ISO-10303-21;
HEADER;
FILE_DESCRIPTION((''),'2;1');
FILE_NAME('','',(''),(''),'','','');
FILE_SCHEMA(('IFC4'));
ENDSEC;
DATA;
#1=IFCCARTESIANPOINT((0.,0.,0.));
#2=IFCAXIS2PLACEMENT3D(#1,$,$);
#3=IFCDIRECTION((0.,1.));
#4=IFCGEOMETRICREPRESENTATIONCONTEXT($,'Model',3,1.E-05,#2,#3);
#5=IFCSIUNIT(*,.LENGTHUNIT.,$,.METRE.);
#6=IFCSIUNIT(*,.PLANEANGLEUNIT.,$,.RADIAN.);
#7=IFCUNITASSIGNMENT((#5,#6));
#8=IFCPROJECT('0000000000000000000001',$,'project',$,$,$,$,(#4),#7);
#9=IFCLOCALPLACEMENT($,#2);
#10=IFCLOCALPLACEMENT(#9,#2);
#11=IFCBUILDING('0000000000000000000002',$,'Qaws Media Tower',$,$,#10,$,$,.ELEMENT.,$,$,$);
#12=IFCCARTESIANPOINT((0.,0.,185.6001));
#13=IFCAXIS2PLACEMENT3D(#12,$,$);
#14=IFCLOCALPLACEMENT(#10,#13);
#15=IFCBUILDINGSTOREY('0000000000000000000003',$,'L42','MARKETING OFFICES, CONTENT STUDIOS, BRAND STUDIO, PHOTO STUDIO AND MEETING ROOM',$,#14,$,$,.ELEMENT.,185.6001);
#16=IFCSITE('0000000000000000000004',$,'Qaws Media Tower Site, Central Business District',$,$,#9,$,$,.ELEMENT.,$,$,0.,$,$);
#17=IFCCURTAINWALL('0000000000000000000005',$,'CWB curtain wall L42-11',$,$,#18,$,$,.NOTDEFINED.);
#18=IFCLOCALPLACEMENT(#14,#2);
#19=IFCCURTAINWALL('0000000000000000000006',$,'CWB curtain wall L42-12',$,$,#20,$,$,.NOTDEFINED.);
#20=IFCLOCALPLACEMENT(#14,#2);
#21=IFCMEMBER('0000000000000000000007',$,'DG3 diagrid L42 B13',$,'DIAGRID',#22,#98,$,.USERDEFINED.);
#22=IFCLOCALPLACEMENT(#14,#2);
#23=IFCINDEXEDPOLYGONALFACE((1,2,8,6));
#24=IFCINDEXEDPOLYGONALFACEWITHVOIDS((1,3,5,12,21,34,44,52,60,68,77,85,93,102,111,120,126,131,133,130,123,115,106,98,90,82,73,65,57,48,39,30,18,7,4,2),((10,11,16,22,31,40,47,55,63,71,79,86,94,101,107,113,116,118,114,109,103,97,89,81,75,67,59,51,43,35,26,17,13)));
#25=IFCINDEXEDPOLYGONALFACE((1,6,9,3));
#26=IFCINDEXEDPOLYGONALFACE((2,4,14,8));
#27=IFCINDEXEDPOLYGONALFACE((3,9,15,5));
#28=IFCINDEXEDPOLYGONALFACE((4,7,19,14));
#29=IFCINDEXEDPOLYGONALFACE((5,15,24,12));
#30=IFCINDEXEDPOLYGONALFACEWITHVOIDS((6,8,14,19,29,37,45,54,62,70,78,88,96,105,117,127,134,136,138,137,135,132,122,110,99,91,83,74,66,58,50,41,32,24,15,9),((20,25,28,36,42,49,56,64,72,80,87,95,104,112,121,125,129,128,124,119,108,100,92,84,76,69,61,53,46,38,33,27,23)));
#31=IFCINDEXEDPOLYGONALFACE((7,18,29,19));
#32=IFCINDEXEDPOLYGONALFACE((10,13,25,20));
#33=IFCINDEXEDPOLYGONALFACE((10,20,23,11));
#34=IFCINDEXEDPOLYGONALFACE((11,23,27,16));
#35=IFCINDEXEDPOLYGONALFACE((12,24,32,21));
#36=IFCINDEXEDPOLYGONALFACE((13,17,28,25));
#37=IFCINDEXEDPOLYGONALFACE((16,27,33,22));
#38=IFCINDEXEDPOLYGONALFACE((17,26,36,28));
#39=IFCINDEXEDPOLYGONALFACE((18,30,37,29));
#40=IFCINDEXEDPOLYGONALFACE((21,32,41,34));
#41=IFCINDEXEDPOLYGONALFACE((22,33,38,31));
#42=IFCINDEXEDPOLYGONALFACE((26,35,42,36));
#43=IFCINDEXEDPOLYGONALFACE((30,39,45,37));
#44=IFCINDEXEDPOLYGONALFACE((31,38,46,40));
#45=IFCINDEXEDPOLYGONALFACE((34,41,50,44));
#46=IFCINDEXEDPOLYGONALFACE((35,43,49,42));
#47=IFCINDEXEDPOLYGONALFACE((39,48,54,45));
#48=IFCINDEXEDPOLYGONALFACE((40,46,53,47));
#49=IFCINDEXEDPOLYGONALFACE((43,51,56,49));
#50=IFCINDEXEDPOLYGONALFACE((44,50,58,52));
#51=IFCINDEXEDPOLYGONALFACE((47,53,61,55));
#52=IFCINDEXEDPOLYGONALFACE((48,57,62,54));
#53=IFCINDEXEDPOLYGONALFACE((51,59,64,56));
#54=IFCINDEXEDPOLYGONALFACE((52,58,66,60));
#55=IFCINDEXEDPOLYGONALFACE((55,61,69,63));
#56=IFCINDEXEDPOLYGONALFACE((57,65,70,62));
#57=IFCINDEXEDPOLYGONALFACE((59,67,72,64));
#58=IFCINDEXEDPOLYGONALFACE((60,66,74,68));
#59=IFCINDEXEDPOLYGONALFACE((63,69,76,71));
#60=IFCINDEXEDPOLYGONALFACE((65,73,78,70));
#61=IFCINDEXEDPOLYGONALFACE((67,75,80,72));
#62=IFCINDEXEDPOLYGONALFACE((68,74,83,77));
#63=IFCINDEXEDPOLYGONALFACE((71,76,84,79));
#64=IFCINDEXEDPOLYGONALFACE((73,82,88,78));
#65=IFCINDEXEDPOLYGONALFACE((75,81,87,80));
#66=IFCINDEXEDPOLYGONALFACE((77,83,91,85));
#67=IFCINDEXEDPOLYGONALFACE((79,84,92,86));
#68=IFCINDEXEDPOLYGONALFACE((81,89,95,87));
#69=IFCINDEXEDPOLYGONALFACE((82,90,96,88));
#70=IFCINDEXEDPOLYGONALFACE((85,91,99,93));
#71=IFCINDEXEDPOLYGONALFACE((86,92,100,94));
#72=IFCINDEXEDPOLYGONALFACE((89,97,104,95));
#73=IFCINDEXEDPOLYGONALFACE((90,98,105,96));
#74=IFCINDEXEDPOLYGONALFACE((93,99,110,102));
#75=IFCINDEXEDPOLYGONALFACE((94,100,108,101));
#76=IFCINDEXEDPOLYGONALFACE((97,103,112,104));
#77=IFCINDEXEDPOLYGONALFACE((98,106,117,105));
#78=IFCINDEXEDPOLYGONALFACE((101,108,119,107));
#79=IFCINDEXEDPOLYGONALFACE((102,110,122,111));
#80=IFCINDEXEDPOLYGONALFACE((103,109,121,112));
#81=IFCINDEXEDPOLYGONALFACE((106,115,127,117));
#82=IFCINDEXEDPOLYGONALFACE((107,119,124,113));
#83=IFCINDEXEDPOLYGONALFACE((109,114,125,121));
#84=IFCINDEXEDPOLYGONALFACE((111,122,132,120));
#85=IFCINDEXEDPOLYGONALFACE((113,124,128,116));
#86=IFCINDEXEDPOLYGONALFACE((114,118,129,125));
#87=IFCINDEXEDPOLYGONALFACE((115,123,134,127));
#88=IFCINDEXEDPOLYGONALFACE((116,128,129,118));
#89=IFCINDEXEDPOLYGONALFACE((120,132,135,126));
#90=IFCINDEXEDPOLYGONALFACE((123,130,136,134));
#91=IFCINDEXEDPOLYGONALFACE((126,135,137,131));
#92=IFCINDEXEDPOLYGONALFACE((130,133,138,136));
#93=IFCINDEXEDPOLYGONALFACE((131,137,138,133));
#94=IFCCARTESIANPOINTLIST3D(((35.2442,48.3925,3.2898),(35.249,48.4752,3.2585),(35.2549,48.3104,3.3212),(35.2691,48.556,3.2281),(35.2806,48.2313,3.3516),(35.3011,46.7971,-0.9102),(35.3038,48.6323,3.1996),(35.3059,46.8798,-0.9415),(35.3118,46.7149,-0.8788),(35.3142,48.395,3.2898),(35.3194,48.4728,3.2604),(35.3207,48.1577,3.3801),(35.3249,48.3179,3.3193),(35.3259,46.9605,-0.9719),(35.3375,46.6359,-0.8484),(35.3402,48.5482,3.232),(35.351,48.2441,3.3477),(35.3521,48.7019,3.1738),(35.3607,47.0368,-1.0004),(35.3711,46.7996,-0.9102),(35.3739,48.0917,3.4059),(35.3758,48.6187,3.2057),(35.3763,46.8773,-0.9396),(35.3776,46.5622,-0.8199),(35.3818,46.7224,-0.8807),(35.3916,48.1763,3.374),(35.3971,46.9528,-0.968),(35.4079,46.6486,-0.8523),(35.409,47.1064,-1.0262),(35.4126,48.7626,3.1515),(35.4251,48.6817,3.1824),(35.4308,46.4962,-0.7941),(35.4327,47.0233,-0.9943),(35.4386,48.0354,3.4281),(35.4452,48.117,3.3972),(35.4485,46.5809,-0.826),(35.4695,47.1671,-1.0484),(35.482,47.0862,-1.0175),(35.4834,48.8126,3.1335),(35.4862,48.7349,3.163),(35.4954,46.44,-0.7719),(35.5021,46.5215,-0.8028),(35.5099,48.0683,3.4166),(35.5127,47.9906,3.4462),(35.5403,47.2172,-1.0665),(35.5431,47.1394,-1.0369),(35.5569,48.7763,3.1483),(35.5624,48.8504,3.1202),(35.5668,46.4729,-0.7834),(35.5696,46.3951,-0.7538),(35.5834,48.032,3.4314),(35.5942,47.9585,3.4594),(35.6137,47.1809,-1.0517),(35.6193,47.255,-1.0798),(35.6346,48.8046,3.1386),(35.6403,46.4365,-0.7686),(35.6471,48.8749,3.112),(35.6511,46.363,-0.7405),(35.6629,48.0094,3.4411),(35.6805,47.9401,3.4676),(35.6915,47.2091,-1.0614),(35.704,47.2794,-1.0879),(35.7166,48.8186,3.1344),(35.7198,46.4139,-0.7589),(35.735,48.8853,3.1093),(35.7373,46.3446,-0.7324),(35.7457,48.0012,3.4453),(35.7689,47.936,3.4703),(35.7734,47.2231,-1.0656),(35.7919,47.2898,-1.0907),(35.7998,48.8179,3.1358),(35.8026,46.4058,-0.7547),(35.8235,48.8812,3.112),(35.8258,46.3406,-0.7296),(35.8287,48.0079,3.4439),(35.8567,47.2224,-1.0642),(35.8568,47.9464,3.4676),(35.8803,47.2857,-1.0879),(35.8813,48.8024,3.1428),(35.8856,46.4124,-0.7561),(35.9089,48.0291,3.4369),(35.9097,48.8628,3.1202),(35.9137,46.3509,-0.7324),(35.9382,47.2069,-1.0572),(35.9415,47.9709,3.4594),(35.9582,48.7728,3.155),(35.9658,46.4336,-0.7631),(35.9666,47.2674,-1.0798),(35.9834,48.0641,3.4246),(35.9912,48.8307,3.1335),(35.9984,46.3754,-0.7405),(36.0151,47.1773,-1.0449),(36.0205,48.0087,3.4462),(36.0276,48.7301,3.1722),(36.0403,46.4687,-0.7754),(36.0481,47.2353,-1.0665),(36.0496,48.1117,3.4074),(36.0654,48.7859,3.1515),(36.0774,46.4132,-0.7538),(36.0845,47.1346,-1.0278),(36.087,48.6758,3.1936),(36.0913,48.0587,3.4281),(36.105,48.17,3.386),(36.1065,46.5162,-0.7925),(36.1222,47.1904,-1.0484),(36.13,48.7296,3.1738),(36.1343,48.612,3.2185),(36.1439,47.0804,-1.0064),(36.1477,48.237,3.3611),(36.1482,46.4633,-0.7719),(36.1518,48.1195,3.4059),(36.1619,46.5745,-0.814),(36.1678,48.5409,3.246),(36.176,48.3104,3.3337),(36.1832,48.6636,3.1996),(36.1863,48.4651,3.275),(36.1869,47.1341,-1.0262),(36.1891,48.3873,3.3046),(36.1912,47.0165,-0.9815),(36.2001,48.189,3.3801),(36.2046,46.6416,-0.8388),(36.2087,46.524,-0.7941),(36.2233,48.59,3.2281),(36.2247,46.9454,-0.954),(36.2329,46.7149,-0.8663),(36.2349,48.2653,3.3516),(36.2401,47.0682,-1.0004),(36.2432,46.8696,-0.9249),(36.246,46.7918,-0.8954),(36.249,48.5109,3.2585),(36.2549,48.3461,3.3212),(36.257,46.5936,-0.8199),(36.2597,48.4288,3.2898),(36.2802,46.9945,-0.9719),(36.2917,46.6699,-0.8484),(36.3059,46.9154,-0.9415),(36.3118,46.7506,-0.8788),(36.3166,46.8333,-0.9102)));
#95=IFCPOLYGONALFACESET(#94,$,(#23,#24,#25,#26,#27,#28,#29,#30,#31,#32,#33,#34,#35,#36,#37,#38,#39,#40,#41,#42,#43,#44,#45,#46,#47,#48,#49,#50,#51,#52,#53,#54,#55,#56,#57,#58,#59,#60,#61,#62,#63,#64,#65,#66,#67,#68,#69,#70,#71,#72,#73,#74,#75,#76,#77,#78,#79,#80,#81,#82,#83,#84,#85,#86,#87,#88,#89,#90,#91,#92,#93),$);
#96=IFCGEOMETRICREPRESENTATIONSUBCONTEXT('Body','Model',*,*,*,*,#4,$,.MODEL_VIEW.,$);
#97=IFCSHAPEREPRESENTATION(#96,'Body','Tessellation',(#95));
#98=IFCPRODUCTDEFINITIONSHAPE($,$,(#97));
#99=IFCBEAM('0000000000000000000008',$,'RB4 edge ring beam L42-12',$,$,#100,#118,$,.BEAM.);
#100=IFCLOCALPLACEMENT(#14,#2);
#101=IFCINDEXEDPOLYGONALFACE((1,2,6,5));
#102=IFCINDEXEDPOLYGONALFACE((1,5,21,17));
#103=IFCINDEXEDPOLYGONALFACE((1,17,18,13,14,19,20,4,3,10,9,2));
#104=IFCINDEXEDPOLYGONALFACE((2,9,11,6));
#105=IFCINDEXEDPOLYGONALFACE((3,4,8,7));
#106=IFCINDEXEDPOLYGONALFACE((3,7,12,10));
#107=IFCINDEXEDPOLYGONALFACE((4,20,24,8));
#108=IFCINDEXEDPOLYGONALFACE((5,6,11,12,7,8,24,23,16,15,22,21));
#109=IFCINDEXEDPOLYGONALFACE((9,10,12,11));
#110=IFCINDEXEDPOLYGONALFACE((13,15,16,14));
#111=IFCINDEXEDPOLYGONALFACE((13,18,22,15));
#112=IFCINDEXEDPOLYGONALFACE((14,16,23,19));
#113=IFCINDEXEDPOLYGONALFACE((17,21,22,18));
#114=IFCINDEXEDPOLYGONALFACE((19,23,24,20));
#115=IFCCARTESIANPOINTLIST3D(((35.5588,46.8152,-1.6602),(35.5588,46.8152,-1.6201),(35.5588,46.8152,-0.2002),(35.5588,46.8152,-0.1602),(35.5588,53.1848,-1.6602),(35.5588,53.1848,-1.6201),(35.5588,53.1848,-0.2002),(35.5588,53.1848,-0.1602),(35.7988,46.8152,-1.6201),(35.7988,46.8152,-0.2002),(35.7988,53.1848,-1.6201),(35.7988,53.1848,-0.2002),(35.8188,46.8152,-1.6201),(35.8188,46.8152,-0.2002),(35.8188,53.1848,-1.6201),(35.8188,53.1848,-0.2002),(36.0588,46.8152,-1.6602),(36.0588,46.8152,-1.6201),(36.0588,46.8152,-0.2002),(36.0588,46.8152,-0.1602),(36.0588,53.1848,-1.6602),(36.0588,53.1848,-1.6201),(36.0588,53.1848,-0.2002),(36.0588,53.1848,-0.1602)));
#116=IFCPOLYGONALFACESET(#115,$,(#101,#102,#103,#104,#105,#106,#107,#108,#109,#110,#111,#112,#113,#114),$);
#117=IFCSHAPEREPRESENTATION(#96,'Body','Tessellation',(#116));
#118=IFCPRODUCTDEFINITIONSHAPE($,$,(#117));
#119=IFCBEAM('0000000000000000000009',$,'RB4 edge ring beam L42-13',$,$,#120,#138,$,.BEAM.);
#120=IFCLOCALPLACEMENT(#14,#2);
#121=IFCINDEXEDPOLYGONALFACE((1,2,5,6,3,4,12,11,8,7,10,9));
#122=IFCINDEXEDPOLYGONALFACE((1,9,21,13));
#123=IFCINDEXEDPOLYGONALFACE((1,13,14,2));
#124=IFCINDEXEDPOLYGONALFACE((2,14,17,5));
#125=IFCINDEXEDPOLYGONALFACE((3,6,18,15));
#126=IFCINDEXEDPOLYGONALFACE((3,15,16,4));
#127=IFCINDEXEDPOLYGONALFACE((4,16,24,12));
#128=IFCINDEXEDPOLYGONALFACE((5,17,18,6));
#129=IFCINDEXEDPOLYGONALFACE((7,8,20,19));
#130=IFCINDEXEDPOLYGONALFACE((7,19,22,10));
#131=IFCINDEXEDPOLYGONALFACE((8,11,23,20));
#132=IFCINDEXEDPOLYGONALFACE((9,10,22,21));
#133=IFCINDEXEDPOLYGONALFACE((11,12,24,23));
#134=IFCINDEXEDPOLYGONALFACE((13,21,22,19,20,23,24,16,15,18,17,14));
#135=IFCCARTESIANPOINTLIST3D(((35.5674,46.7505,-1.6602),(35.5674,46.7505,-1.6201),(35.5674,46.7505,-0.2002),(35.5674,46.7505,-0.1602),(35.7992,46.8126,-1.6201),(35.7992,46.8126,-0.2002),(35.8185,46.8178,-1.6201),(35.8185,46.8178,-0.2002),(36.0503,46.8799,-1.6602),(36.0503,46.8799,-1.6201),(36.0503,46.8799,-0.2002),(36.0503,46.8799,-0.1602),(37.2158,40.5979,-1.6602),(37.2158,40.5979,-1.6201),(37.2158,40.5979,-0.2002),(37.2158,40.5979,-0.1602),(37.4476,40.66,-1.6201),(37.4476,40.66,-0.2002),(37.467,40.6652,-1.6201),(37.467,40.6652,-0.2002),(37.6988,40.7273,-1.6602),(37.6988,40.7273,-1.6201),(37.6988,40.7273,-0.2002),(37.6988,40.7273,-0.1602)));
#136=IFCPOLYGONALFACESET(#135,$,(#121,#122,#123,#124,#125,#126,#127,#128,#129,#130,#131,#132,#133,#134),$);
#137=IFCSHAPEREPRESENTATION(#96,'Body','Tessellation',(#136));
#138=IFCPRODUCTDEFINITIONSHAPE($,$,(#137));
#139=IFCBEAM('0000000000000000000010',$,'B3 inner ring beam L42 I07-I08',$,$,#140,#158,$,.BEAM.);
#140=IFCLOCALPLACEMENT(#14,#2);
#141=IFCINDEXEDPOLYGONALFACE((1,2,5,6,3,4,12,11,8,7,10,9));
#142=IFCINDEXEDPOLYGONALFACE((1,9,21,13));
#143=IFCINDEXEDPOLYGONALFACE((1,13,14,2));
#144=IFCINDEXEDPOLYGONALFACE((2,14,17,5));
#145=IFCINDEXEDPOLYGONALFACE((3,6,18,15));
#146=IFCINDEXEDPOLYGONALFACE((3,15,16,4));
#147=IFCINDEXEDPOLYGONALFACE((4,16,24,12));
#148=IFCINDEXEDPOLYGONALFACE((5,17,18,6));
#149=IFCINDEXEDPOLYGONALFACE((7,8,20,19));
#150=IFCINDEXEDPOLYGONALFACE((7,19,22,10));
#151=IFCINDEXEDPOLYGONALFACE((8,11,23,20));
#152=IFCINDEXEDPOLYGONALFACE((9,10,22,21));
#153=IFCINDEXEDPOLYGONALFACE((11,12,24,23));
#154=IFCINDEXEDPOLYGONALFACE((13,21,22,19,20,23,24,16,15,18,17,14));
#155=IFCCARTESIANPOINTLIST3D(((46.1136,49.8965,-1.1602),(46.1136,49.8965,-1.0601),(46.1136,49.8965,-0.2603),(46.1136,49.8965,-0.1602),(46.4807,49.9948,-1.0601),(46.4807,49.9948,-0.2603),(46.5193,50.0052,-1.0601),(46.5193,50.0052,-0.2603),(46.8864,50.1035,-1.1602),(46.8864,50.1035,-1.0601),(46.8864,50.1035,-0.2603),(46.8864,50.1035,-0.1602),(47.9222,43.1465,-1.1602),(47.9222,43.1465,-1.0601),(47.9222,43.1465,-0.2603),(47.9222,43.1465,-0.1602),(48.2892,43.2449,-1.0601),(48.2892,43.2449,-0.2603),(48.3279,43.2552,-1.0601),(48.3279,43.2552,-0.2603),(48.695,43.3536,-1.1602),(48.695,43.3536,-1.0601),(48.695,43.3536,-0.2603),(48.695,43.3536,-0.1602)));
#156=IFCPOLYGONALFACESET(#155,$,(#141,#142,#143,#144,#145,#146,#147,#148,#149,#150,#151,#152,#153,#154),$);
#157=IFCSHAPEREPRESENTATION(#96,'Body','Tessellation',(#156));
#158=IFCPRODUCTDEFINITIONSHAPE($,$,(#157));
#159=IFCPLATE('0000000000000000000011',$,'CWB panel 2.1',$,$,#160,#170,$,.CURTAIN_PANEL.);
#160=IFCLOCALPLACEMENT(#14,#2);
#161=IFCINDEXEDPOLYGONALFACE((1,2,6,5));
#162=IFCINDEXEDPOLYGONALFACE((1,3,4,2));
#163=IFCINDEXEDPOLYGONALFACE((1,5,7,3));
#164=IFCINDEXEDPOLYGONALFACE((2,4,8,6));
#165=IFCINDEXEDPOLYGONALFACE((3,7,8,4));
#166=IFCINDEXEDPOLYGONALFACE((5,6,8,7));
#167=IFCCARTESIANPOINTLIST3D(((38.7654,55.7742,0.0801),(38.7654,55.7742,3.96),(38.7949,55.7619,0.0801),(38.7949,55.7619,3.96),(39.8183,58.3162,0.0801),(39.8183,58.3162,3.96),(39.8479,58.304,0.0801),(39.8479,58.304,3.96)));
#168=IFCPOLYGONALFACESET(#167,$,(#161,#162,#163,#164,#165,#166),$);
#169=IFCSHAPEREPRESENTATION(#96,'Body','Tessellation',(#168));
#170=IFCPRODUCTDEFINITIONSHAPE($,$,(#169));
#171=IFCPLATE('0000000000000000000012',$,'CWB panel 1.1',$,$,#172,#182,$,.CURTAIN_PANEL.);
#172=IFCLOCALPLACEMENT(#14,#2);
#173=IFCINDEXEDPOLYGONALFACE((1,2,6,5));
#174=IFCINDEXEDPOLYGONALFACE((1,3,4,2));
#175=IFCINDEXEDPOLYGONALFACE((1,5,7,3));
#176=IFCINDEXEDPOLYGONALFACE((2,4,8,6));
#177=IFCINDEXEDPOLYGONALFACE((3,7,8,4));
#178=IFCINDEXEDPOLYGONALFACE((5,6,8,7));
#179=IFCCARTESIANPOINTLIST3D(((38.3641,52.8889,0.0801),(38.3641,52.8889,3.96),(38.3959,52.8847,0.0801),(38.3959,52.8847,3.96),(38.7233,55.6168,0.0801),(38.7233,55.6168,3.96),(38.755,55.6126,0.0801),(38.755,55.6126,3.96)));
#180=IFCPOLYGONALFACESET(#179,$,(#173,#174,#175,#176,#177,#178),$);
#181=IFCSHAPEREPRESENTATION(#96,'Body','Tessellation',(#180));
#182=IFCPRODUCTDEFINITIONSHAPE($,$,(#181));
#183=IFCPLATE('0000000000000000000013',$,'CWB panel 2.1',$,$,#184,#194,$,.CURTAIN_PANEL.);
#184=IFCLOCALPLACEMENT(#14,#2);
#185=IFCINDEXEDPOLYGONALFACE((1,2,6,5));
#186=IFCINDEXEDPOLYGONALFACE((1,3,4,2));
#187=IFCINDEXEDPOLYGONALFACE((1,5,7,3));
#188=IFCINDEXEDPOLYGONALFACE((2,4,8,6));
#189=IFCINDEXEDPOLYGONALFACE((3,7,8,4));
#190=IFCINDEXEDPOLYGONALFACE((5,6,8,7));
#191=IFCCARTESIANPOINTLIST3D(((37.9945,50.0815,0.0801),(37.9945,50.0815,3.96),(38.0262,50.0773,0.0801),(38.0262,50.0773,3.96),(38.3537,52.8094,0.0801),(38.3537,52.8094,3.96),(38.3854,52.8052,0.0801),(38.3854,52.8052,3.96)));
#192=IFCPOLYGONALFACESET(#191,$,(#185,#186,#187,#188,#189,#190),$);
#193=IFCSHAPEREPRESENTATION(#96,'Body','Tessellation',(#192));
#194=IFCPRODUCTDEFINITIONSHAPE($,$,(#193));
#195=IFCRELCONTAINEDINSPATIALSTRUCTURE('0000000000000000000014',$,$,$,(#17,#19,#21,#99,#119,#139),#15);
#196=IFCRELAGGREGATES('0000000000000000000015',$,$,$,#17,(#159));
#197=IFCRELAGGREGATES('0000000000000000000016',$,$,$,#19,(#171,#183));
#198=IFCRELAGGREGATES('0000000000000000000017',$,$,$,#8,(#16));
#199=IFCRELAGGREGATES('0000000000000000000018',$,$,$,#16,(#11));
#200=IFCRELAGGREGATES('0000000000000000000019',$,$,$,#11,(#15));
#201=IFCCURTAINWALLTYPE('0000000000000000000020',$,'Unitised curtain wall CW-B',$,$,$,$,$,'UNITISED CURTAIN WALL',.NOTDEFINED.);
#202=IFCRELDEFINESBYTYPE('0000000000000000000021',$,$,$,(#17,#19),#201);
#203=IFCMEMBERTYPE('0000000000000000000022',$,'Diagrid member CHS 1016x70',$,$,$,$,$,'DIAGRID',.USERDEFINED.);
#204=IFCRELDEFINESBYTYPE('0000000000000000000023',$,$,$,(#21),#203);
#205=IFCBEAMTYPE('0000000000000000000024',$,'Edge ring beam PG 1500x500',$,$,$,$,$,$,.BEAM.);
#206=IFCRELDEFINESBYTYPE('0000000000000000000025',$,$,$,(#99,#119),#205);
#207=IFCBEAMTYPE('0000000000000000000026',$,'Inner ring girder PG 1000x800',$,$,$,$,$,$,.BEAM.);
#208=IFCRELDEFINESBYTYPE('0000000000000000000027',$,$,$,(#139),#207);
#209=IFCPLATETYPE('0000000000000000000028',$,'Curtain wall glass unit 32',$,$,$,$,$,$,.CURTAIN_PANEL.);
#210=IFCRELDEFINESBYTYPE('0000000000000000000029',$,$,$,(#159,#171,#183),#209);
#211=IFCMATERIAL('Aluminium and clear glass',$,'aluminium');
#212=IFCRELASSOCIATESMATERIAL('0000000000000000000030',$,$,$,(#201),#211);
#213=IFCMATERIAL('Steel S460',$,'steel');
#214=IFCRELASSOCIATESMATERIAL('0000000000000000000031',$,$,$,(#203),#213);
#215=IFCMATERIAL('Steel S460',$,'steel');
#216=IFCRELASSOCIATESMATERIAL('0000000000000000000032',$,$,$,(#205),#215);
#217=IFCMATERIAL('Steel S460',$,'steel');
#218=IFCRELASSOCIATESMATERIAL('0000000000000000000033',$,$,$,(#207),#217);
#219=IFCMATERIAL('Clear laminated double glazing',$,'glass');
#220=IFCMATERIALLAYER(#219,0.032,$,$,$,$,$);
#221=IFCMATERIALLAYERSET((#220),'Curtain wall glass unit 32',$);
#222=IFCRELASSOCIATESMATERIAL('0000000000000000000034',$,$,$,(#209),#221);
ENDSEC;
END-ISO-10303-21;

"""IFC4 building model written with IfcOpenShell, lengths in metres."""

from ifc_helpers import new_model, si_unit, direction, frame, origin, origin_2d, place, context, subcontext, project, spatial, rectangle, hollow_circle, i_section, extrude, material, layer, layer_set, material_profile, profile_set, type_object, element, aggregate, save


model = new_model("IFC4")

# Units and contexts
model_context = context("Model", 3, precision=1e-05, world=origin(), true_north=direction((0.0, 1.0)))
body_context = subcontext(model_context, "Body", "Model", "MODEL_VIEW")
ifc_project = project(units=[si_unit("LENGTHUNIT", "METRE"), si_unit("PLANEANGLEUNIT", "RADIAN")], contexts=[model_context])

# Site, building, storey
site_placement = place(None, origin())
site = spatial("IfcSite", under=ifc_project, at=site_placement, Name="Qaws Media Tower Site, Central Business District", CompositionType="ELEMENT", RefElevation=0.0)
building_placement = place(site_placement, origin())
building = spatial("IfcBuilding", under=site, at=building_placement, Name="Qaws Media Tower", CompositionType="ELEMENT")
storey_placement = place(building_placement, frame((0.0, 0.0, 185.6001)))
storey = spatial("IfcBuildingStorey", under=building, at=storey_placement, Name="L42", Description="MARKETING OFFICES, CONTENT STUDIOS, BRAND STUDIO, PHOTO STUDIO AND MEETING ROOM", CompositionType="ELEMENT", Elevation=185.6001)

# Curtain wall
ifc_material_1 = material(Name="Aluminium and clear glass", Category="aluminium")
curtain_wall_type_1 = type_object("IfcCurtainWallType", Name="Unitised curtain wall CW-B", ElementType="UNITISED CURTAIN WALL", PredefinedType="NOTDEFINED", material=ifc_material_1)
curtain_wall_1_placement = place(storey_placement, origin())
curtain_wall_1 = element("IfcCurtainWall", 1, at=curtain_wall_1_placement, inside=storey, type_object=curtain_wall_type_1, Name="CWB curtain wall L42-11", PredefinedType="NOTDEFINED")

# Curtain wall
curtain_wall_2_placement = place(storey_placement, origin())
curtain_wall_2 = element("IfcCurtainWall", 2, at=curtain_wall_2_placement, inside=storey, type_object=curtain_wall_type_1, Name="CWB curtain wall L42-12", PredefinedType="NOTDEFINED")

# Member
ifc_material_2 = material(Name="Steel S460", Category="steel")
ifc_material_profile_1 = material_profile(ifc_material_2, hollow_circle(Radius=0.5081, WallThickness=0.0701, at=origin_2d()), Name="CHS 1016x70")
ifc_profile_set_1 = profile_set([ifc_material_profile_1], Name="Steel S460")
member_type_1 = type_object("IfcMemberType", Name="Diagrid member CHS 1016x70", ElementType="DIAGRID", PredefinedType="USERDEFINED", material=ifc_profile_set_1)
for number, where, z_axis, x_axis, name in (
    (3, (35.8088, 46.8152, -0.9102), (-0.01266, 0.355088, 0.934747), (-0.999365, -0.035632, 0.0), "DG3 diagrid L42 B13"),
):
    element("IfcMember", number, at=place(storey_placement, frame(where, z_axis=z_axis, x_axis=x_axis)), inside=storey, type_object=member_type_1, Name=name, ObjectType="DIAGRID", PredefinedType="USERDEFINED", context=body_context, shape_type="SweptSolid", body=[
        extrude(hollow_circle(Radius=0.5081, WallThickness=0.0701, at=origin_2d()), origin(), (0.0, 0.0, 1.0), 4.4932),
    ])

# Beams
ifc_material_3 = material(Name="Steel S460", Category="steel")
ifc_material_profile_2 = material_profile(ifc_material_3, i_section(OverallWidth=0.5, OverallDepth=1.5, WebThickness=0.02, FlangeThickness=0.04, at=origin_2d()), Name="PG 1500x500")
ifc_profile_set_2 = profile_set([ifc_material_profile_2], Name="Steel S460")
beam_type_1 = type_object("IfcBeamType", Name="Edge ring beam PG 1500x500", PredefinedType="BEAM", material=ifc_profile_set_2)
for number, where, z_axis, x_axis, name in (
    (4, (35.8088, 53.1848, -0.9102), (0.0, -1.0, 0.0), (1.0, 0.0, 0.0), "RB4 edge ring beam L42-12"),
    (5, (35.8088, 46.8152, -0.9102), (0.258798, -0.965931, 0.0), (0.965931, 0.258798, 0.0), "RB4 edge ring beam L42-13"),
):
    element("IfcBeam", number, at=place(storey_placement, frame(where, z_axis=z_axis, x_axis=x_axis)), inside=storey, type_object=beam_type_1, Name=name, PredefinedType="BEAM", context=body_context, shape_type="SweptSolid", body=[
        extrude(i_section(OverallWidth=0.5, OverallDepth=1.5, WebThickness=0.02, FlangeThickness=0.04, at=origin_2d()), origin(), (0.0, 0.0, 1.0), 6.3696),
    ])
ifc_material_4 = material(Name="Steel S460", Category="steel")
ifc_material_profile_3 = material_profile(ifc_material_4, i_section(OverallWidth=0.8, OverallDepth=1.0, WebThickness=0.04, FlangeThickness=0.1001, at=origin_2d()), Name="PG 1000x800")
ifc_profile_set_3 = profile_set([ifc_material_profile_3], Name="Steel S460")
beam_type_2 = type_object("IfcBeamType", Name="Inner ring girder PG 1000x800", PredefinedType="BEAM", material=ifc_profile_set_3)
beam_placement = place(storey_placement, frame((46.5, 50.0, -0.6602), z_axis=(0.258811, -0.965928, 0.0), x_axis=(0.965928, 0.258811, 0.0)))
element("IfcBeam", 6, at=beam_placement, inside=storey, type_object=beam_type_2, Name="B3 inner ring beam L42 I07-I08", PredefinedType="BEAM", context=body_context, shape_type="SweptSolid", body=[
    extrude(i_section(OverallWidth=0.8, OverallDepth=1.0, WebThickness=0.04, FlangeThickness=0.1001, at=origin_2d()), origin(), (0.0, 0.0, 1.0), 6.988),
])

# Plates
ifc_material_5 = material(Name="Clear laminated double glazing", Category="glass")
ifc_layer_1 = layer(ifc_material_5, 0.032)
ifc_layer_set_1 = layer_set([ifc_layer_1], Name="Curtain wall glass unit 32")
plate_type_1 = type_object("IfcPlateType", Name="Curtain wall glass unit 32", PredefinedType="CURTAIN_PANEL", material=ifc_layer_set_1)
plate_1_placement = place(storey_placement, frame((39.3066, 57.0391, 0.0801), z_axis=(0.0, 0.0, 1.0), x_axis=(-0.382683, -0.92388, 0.0)))
plate_1 = element("IfcPlate", 7, at=plate_1_placement, type_object=plate_type_1, Name="CWB panel 2.1", PredefinedType="CURTAIN_PANEL", context=body_context, shape_type="SweptSolid", body=[
    extrude(rectangle(XDim=2.7515, YDim=0.032, at=origin_2d()), origin(), (0.0, 0.0, 1.0), 3.8799),
])
aggregate(curtain_wall_1, [plate_1])
plate_2_placement = place(storey_placement, frame((38.5596, 54.2507, 0.0801), z_axis=(0.0, 0.0, 1.0), x_axis=(-0.130526, -0.991445, 0.0)))
plate_2 = element("IfcPlate", 8, at=plate_2_placement, type_object=plate_type_1, Name="CWB panel 1.1", PredefinedType="CURTAIN_PANEL", context=body_context, shape_type="SweptSolid", body=[
    extrude(rectangle(XDim=2.7515, YDim=0.032, at=origin_2d()), origin(), (0.0, 0.0, 1.0), 3.8799),
])
plate_3_placement = place(storey_placement, frame((38.1899, 51.4434, 0.0801), z_axis=(0.0, 0.0, 1.0), x_axis=(-0.130526, -0.991445, 0.0)))
plate_3 = element("IfcPlate", 9, at=plate_3_placement, type_object=plate_type_1, Name="CWB panel 2.1", PredefinedType="CURTAIN_PANEL", context=body_context, shape_type="SweptSolid", body=[
    extrude(rectangle(XDim=2.7515, YDim=0.032, at=origin_2d()), origin(), (0.0, 0.0, 1.0), 3.8799),
])
aggregate(curtain_wall_2, [plate_2, plate_3])

save(model, "model.ifc")
